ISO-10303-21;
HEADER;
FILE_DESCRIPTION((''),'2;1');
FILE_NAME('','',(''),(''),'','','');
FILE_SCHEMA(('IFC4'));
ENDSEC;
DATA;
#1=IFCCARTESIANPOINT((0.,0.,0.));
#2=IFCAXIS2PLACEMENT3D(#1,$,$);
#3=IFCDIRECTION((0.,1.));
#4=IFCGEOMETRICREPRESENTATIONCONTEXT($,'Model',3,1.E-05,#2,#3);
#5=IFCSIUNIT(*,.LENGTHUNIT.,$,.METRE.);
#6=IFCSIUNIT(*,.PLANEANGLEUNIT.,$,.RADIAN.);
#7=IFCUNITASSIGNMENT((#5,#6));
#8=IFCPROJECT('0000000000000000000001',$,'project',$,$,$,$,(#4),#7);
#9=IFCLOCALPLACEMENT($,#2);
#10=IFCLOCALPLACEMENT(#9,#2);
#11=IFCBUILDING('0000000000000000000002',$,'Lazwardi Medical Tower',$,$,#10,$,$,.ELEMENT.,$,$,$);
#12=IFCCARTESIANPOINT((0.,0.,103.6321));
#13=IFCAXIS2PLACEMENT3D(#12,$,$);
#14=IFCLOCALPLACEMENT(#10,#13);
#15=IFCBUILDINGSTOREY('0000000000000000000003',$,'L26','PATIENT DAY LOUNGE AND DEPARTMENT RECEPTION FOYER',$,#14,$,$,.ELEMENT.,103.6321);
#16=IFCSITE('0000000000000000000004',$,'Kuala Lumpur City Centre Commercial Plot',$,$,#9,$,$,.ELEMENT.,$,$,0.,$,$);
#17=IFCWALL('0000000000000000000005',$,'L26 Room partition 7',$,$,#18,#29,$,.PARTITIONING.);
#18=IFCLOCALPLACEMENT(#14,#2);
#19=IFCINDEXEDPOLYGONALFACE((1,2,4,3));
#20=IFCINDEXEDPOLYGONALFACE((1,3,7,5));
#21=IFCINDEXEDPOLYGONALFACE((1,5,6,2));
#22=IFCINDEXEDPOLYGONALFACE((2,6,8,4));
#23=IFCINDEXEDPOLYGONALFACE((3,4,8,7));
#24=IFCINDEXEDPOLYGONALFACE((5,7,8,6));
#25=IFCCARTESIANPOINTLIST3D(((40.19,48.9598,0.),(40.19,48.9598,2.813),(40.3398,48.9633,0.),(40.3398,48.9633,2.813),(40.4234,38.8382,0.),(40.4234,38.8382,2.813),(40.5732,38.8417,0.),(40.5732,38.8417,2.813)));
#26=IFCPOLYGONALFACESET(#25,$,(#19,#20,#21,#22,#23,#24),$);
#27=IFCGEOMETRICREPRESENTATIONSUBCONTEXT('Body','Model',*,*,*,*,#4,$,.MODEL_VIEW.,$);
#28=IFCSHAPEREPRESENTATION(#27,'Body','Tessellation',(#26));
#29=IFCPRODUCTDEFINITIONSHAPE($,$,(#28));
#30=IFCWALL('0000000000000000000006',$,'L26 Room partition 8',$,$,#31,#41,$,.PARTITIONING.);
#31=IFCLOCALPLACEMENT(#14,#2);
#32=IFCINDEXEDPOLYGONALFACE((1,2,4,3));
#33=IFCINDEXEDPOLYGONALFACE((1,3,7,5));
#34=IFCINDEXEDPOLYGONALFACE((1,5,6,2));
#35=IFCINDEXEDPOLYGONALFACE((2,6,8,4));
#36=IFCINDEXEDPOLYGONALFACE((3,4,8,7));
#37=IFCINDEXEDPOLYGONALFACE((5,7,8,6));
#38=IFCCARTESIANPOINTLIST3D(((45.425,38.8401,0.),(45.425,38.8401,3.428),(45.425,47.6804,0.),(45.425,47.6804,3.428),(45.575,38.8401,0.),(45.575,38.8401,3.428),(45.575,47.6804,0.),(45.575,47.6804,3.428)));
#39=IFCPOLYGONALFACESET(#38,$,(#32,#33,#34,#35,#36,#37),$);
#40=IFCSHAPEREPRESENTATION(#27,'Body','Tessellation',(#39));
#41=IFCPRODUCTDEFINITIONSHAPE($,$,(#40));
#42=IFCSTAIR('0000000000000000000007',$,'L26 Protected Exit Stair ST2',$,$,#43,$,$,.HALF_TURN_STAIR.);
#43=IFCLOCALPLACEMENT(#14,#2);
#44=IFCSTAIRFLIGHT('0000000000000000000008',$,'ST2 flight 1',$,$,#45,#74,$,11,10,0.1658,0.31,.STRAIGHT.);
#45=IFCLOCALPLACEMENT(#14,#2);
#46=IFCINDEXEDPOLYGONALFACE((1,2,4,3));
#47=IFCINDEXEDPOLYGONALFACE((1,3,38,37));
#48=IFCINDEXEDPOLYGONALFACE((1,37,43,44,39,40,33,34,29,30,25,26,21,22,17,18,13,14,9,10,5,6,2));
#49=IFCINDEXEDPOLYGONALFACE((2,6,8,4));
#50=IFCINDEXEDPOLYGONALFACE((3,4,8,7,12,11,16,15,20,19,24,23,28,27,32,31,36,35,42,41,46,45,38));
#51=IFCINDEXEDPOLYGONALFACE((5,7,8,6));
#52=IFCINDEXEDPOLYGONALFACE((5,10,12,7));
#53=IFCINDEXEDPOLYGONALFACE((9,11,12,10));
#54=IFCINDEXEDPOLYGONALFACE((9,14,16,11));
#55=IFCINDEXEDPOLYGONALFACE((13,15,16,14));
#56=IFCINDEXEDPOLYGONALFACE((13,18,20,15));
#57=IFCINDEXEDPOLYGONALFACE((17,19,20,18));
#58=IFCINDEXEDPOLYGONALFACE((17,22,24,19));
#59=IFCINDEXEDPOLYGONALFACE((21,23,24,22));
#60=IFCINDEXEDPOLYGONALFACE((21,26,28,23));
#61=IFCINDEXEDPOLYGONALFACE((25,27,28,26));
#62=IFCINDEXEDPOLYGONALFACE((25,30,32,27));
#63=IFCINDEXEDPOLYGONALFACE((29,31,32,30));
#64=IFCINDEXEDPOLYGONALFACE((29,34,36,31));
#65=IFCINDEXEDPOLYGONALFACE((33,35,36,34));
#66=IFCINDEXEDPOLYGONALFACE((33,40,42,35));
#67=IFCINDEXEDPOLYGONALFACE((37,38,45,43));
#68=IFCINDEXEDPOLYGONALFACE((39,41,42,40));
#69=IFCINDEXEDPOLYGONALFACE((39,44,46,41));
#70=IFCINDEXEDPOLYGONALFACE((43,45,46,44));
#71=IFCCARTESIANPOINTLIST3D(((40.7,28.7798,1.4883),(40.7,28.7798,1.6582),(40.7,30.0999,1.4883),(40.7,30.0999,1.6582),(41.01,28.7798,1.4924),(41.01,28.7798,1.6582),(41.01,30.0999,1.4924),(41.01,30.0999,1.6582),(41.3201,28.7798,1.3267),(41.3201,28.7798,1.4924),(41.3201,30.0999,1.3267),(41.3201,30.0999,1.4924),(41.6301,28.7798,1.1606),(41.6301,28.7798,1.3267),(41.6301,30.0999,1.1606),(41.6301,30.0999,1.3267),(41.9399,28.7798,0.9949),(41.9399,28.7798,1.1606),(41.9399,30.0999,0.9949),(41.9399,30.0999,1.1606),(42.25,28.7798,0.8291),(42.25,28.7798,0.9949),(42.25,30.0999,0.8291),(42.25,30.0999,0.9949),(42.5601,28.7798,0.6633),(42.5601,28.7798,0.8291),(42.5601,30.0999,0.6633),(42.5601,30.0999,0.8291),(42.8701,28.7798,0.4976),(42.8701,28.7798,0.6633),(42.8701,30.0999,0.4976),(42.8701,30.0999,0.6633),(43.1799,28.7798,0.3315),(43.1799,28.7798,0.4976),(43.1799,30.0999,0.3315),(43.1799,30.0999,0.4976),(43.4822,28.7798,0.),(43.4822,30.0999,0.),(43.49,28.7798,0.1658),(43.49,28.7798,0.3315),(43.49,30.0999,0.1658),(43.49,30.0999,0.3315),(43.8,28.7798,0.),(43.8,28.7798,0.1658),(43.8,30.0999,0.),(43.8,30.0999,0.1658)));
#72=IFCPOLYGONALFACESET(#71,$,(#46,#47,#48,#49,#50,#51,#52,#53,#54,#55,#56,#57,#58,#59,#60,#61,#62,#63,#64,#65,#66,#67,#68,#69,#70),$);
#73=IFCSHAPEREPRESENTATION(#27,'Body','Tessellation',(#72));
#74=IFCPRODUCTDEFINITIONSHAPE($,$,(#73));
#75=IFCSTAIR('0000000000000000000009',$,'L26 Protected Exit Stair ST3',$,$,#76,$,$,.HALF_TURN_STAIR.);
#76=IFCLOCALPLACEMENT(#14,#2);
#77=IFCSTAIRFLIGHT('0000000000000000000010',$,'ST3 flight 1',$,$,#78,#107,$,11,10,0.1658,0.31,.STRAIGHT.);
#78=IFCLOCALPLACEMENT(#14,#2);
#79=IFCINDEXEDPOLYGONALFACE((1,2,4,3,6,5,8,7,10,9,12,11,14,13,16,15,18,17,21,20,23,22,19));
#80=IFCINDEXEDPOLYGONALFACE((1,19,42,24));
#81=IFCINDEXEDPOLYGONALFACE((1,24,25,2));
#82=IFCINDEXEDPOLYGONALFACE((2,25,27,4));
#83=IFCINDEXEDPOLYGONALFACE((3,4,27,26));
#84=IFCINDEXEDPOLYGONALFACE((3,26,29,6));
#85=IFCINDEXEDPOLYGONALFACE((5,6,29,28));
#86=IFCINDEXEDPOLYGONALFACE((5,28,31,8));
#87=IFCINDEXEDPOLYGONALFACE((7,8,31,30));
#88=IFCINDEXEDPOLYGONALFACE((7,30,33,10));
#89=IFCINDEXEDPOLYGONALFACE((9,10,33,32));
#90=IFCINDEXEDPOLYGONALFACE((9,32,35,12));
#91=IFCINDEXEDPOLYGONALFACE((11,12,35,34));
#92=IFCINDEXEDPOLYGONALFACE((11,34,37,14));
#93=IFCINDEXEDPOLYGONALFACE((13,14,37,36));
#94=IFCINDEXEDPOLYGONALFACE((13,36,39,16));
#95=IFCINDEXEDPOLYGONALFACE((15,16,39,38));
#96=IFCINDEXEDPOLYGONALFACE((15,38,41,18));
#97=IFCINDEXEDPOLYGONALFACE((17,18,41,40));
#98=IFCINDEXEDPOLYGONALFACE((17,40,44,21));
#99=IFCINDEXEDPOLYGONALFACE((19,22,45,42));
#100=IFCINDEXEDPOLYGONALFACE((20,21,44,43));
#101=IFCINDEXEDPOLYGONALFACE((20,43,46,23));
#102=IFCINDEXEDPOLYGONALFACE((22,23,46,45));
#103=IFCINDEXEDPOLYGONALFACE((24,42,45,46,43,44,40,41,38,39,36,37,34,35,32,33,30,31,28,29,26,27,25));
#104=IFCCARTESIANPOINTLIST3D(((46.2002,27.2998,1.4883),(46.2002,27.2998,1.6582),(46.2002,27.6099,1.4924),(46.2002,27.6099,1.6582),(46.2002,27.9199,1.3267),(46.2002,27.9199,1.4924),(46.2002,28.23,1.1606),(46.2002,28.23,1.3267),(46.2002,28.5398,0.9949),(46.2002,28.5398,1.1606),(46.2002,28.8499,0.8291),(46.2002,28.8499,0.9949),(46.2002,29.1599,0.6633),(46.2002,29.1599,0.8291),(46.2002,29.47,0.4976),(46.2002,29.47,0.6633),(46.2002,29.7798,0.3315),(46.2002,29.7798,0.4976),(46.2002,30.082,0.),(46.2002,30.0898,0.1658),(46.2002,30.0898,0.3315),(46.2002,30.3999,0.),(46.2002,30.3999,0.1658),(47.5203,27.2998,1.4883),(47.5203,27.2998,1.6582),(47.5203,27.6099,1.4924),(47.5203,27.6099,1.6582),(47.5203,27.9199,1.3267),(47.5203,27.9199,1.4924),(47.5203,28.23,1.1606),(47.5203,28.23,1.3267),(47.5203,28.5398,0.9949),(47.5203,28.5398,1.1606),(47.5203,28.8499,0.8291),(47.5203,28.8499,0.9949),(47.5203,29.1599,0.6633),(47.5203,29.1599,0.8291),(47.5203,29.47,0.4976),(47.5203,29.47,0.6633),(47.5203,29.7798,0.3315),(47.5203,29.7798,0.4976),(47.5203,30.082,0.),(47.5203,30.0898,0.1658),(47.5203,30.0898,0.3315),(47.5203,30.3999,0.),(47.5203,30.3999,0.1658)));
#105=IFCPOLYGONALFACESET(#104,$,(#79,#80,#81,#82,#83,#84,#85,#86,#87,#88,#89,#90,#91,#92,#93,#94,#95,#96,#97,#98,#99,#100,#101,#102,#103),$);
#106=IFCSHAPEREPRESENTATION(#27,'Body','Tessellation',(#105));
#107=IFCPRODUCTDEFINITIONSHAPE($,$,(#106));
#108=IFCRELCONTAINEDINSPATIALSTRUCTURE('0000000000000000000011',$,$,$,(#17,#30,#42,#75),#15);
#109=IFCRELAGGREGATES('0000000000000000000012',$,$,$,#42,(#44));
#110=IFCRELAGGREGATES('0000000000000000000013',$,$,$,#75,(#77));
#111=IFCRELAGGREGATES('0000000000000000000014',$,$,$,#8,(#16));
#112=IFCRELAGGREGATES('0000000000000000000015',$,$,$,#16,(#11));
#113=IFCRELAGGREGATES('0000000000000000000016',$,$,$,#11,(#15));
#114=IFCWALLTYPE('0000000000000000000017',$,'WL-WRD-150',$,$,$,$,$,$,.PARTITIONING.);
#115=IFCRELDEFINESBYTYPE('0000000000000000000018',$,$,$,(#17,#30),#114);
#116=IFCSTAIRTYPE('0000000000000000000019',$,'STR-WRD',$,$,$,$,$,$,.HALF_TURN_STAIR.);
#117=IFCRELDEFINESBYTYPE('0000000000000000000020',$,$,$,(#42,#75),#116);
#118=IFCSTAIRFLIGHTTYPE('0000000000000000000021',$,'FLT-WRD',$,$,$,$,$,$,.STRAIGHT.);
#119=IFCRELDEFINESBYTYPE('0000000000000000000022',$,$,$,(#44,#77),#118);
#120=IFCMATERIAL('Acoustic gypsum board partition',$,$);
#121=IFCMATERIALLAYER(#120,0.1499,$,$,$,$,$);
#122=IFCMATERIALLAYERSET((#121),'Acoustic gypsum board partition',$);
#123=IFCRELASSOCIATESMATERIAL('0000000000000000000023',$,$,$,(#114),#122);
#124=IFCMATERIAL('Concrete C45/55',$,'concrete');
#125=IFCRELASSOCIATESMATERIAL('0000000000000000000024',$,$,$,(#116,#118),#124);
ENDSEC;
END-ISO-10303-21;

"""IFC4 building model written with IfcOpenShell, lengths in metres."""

from ifc_helpers import new_model, si_unit, direction, frame, frame_2d, origin, place, context, subcontext, project, spatial, polyline, rectangle, outline, extrude, material, layer, layer_set, type_object, element, aggregate, save


model = new_model("IFC4")

# Units and contexts
model_context = context("Model", 3, precision=1e-05, world=origin(), true_north=direction((0.0, 1.0)))
body_context = subcontext(model_context, "Body", "Model", "MODEL_VIEW")
ifc_project = project(units=[si_unit("LENGTHUNIT", "METRE"), si_unit("PLANEANGLEUNIT", "RADIAN")], contexts=[model_context])

# Site, building, storey
site_placement = place(None, origin())
site = spatial("IfcSite", under=ifc_project, at=site_placement, Name="Kuala Lumpur City Centre Commercial Plot", CompositionType="ELEMENT", RefElevation=0.0)
building_placement = place(site_placement, origin())
building = spatial("IfcBuilding", under=site, at=building_placement, Name="Lazwardi Medical Tower", CompositionType="ELEMENT")
storey_placement = place(building_placement, frame((0.0, 0.0, 103.6321)))
storey = spatial("IfcBuildingStorey", under=building, at=storey_placement, Name="L26", Description="PATIENT DAY LOUNGE AND DEPARTMENT RECEPTION FOYER", CompositionType="ELEMENT", Elevation=103.6321)

# Walls
ifc_material_1 = material(Name="Acoustic gypsum board partition")
ifc_layer_1 = layer(ifc_material_1, 0.1499)
ifc_layer_set_1 = layer_set([ifc_layer_1], Name="Acoustic gypsum board partition")
wall_type_1 = type_object("IfcWallType", Name="WL-WRD-150", PredefinedType="PARTITIONING", material=ifc_layer_set_1)
wall_1_placement = place(storey_placement, frame((40.4983, 38.8401, 0.0), z_axis=(0.0, 0.0, 1.0), x_axis=(-0.023053, 0.999734, 0.0)))
element("IfcWall", 1, at=wall_1_placement, inside=storey, type_object=wall_type_1, Name="L26 Room partition 7", PredefinedType="PARTITIONING", context=body_context, shape_type="SweptSolid", body=[
    extrude(rectangle(XDim=10.1243, YDim=0.1499, at=frame_2d((5.062, 0.0))), origin(), (0.0, 0.0, 1.0), 2.813),
])
wall_2_placement = place(storey_placement, frame((45.5, 38.8401, 0.0), z_axis=(0.0, 0.0, 1.0), x_axis=(0.0, 1.0, 0.0)))
element("IfcWall", 2, at=wall_2_placement, inside=storey, type_object=wall_type_1, Name="L26 Room partition 8", PredefinedType="PARTITIONING", context=body_context, shape_type="SweptSolid", body=[
    extrude(rectangle(XDim=8.8403, YDim=0.1499, at=frame_2d((4.4202, 0.0))), origin(), (0.0, 0.0, 1.0), 3.428),
])

# Stairs, stair flights
ifc_material_2 = material(Name="Concrete C45/55", Category="concrete")
stair_type = type_object("IfcStairType", Name="STR-WRD", PredefinedType="HALF_TURN_STAIR", material=ifc_material_2)
stair_1_placement = place(storey_placement, origin())
stair_1 = element("IfcStair", 3, at=stair_1_placement, inside=storey, type_object=stair_type, Name="L26 Protected Exit Stair ST2", PredefinedType="HALF_TURN_STAIR")
stair_flight_type = type_object("IfcStairFlightType", Name="FLT-WRD", PredefinedType="STRAIGHT", material=ifc_material_2)
stair_flight_1_placement = place(storey_placement, frame((43.8, 29.4399, 0.0), z_axis=(0.0, 0.0, 1.0), x_axis=(-1.0, 0.0, 0.0)))
stair_flight_1 = element("IfcStairFlight", 4, at=stair_flight_1_placement, type_object=stair_flight_type, Name="ST2 flight 1", NumberOfRisers=11, NumberOfTreads=10, PredefinedType="STRAIGHT", RiserHeight=0.1658, TreadLength=0.31, context=body_context, shape_type="SweptSolid", body=[
    extrude(outline(polyline([(0.0, 0.0), (0.0, 0.1658), (0.3101, 0.1658), (0.3101, 0.3315), (0.6201, 0.3315), (0.6201, 0.4976), (0.9299, 0.4976), (0.9299, 0.6633), (1.24, 0.6633), (1.24, 0.8291), (1.55, 0.8291), (1.55, 0.9949), (1.8601, 0.9949), (1.8601, 1.1606), (2.1699, 1.1606), (2.1699, 1.3267), (2.48, 1.3267), (2.48, 1.4924), (2.79, 1.4924), (2.79, 1.6582), (3.1001, 1.6582), (3.1001, 1.824), (3.1001, 1.4883), (0.3179, 0.0), (0.0, 0.0)])), frame((0.0, 0.6602, 0.0), z_axis=(0.0, -1.0, 0.0), x_axis=(1.0, 0.0, 0.0)), (0.0, 0.0, 1.0), 1.3201),
])
aggregate(stair_1, [stair_flight_1])
stair_2_placement = place(storey_placement, origin())
stair_2 = element("IfcStair", 5, at=stair_2_placement, inside=storey, type_object=stair_type, Name="L26 Protected Exit Stair ST3", PredefinedType="HALF_TURN_STAIR")
stair_flight_2_placement = place(storey_placement, frame((46.8601, 30.3999, 0.0), z_axis=(0.0, 0.0, 1.0), x_axis=(0.0, -1.0, 0.0)))
stair_flight_2 = element("IfcStairFlight", 6, at=stair_flight_2_placement, type_object=stair_flight_type, Name="ST3 flight 1", NumberOfRisers=11, NumberOfTreads=10, PredefinedType="STRAIGHT", RiserHeight=0.1658, TreadLength=0.31, context=body_context, shape_type="SweptSolid", body=[
    extrude(outline(polyline([(0.0, 0.0), (0.0, 0.1658), (0.3101, 0.1658), (0.3101, 0.3315), (0.6201, 0.3315), (0.6201, 0.4976), (0.9299, 0.4976), (0.9299, 0.6633), (1.24, 0.6633), (1.24, 0.8291), (1.55, 0.8291), (1.55, 0.9949), (1.8601, 0.9949), (1.8601, 1.1606), (2.1699, 1.1606), (2.1699, 1.3267), (2.48, 1.3267), (2.48, 1.4924), (2.79, 1.4924), (2.79, 1.6582), (3.1001, 1.6582), (3.1001, 1.824), (3.1001, 1.4883), (0.3179, 0.0), (0.0, 0.0)])), frame((0.0, 0.6602, 0.0), z_axis=(0.0, -1.0, 0.0), x_axis=(1.0, 0.0, 0.0)), (0.0, 0.0, 1.0), 1.3201),
])
aggregate(stair_2, [stair_flight_2])

save(model, "model.ifc")
